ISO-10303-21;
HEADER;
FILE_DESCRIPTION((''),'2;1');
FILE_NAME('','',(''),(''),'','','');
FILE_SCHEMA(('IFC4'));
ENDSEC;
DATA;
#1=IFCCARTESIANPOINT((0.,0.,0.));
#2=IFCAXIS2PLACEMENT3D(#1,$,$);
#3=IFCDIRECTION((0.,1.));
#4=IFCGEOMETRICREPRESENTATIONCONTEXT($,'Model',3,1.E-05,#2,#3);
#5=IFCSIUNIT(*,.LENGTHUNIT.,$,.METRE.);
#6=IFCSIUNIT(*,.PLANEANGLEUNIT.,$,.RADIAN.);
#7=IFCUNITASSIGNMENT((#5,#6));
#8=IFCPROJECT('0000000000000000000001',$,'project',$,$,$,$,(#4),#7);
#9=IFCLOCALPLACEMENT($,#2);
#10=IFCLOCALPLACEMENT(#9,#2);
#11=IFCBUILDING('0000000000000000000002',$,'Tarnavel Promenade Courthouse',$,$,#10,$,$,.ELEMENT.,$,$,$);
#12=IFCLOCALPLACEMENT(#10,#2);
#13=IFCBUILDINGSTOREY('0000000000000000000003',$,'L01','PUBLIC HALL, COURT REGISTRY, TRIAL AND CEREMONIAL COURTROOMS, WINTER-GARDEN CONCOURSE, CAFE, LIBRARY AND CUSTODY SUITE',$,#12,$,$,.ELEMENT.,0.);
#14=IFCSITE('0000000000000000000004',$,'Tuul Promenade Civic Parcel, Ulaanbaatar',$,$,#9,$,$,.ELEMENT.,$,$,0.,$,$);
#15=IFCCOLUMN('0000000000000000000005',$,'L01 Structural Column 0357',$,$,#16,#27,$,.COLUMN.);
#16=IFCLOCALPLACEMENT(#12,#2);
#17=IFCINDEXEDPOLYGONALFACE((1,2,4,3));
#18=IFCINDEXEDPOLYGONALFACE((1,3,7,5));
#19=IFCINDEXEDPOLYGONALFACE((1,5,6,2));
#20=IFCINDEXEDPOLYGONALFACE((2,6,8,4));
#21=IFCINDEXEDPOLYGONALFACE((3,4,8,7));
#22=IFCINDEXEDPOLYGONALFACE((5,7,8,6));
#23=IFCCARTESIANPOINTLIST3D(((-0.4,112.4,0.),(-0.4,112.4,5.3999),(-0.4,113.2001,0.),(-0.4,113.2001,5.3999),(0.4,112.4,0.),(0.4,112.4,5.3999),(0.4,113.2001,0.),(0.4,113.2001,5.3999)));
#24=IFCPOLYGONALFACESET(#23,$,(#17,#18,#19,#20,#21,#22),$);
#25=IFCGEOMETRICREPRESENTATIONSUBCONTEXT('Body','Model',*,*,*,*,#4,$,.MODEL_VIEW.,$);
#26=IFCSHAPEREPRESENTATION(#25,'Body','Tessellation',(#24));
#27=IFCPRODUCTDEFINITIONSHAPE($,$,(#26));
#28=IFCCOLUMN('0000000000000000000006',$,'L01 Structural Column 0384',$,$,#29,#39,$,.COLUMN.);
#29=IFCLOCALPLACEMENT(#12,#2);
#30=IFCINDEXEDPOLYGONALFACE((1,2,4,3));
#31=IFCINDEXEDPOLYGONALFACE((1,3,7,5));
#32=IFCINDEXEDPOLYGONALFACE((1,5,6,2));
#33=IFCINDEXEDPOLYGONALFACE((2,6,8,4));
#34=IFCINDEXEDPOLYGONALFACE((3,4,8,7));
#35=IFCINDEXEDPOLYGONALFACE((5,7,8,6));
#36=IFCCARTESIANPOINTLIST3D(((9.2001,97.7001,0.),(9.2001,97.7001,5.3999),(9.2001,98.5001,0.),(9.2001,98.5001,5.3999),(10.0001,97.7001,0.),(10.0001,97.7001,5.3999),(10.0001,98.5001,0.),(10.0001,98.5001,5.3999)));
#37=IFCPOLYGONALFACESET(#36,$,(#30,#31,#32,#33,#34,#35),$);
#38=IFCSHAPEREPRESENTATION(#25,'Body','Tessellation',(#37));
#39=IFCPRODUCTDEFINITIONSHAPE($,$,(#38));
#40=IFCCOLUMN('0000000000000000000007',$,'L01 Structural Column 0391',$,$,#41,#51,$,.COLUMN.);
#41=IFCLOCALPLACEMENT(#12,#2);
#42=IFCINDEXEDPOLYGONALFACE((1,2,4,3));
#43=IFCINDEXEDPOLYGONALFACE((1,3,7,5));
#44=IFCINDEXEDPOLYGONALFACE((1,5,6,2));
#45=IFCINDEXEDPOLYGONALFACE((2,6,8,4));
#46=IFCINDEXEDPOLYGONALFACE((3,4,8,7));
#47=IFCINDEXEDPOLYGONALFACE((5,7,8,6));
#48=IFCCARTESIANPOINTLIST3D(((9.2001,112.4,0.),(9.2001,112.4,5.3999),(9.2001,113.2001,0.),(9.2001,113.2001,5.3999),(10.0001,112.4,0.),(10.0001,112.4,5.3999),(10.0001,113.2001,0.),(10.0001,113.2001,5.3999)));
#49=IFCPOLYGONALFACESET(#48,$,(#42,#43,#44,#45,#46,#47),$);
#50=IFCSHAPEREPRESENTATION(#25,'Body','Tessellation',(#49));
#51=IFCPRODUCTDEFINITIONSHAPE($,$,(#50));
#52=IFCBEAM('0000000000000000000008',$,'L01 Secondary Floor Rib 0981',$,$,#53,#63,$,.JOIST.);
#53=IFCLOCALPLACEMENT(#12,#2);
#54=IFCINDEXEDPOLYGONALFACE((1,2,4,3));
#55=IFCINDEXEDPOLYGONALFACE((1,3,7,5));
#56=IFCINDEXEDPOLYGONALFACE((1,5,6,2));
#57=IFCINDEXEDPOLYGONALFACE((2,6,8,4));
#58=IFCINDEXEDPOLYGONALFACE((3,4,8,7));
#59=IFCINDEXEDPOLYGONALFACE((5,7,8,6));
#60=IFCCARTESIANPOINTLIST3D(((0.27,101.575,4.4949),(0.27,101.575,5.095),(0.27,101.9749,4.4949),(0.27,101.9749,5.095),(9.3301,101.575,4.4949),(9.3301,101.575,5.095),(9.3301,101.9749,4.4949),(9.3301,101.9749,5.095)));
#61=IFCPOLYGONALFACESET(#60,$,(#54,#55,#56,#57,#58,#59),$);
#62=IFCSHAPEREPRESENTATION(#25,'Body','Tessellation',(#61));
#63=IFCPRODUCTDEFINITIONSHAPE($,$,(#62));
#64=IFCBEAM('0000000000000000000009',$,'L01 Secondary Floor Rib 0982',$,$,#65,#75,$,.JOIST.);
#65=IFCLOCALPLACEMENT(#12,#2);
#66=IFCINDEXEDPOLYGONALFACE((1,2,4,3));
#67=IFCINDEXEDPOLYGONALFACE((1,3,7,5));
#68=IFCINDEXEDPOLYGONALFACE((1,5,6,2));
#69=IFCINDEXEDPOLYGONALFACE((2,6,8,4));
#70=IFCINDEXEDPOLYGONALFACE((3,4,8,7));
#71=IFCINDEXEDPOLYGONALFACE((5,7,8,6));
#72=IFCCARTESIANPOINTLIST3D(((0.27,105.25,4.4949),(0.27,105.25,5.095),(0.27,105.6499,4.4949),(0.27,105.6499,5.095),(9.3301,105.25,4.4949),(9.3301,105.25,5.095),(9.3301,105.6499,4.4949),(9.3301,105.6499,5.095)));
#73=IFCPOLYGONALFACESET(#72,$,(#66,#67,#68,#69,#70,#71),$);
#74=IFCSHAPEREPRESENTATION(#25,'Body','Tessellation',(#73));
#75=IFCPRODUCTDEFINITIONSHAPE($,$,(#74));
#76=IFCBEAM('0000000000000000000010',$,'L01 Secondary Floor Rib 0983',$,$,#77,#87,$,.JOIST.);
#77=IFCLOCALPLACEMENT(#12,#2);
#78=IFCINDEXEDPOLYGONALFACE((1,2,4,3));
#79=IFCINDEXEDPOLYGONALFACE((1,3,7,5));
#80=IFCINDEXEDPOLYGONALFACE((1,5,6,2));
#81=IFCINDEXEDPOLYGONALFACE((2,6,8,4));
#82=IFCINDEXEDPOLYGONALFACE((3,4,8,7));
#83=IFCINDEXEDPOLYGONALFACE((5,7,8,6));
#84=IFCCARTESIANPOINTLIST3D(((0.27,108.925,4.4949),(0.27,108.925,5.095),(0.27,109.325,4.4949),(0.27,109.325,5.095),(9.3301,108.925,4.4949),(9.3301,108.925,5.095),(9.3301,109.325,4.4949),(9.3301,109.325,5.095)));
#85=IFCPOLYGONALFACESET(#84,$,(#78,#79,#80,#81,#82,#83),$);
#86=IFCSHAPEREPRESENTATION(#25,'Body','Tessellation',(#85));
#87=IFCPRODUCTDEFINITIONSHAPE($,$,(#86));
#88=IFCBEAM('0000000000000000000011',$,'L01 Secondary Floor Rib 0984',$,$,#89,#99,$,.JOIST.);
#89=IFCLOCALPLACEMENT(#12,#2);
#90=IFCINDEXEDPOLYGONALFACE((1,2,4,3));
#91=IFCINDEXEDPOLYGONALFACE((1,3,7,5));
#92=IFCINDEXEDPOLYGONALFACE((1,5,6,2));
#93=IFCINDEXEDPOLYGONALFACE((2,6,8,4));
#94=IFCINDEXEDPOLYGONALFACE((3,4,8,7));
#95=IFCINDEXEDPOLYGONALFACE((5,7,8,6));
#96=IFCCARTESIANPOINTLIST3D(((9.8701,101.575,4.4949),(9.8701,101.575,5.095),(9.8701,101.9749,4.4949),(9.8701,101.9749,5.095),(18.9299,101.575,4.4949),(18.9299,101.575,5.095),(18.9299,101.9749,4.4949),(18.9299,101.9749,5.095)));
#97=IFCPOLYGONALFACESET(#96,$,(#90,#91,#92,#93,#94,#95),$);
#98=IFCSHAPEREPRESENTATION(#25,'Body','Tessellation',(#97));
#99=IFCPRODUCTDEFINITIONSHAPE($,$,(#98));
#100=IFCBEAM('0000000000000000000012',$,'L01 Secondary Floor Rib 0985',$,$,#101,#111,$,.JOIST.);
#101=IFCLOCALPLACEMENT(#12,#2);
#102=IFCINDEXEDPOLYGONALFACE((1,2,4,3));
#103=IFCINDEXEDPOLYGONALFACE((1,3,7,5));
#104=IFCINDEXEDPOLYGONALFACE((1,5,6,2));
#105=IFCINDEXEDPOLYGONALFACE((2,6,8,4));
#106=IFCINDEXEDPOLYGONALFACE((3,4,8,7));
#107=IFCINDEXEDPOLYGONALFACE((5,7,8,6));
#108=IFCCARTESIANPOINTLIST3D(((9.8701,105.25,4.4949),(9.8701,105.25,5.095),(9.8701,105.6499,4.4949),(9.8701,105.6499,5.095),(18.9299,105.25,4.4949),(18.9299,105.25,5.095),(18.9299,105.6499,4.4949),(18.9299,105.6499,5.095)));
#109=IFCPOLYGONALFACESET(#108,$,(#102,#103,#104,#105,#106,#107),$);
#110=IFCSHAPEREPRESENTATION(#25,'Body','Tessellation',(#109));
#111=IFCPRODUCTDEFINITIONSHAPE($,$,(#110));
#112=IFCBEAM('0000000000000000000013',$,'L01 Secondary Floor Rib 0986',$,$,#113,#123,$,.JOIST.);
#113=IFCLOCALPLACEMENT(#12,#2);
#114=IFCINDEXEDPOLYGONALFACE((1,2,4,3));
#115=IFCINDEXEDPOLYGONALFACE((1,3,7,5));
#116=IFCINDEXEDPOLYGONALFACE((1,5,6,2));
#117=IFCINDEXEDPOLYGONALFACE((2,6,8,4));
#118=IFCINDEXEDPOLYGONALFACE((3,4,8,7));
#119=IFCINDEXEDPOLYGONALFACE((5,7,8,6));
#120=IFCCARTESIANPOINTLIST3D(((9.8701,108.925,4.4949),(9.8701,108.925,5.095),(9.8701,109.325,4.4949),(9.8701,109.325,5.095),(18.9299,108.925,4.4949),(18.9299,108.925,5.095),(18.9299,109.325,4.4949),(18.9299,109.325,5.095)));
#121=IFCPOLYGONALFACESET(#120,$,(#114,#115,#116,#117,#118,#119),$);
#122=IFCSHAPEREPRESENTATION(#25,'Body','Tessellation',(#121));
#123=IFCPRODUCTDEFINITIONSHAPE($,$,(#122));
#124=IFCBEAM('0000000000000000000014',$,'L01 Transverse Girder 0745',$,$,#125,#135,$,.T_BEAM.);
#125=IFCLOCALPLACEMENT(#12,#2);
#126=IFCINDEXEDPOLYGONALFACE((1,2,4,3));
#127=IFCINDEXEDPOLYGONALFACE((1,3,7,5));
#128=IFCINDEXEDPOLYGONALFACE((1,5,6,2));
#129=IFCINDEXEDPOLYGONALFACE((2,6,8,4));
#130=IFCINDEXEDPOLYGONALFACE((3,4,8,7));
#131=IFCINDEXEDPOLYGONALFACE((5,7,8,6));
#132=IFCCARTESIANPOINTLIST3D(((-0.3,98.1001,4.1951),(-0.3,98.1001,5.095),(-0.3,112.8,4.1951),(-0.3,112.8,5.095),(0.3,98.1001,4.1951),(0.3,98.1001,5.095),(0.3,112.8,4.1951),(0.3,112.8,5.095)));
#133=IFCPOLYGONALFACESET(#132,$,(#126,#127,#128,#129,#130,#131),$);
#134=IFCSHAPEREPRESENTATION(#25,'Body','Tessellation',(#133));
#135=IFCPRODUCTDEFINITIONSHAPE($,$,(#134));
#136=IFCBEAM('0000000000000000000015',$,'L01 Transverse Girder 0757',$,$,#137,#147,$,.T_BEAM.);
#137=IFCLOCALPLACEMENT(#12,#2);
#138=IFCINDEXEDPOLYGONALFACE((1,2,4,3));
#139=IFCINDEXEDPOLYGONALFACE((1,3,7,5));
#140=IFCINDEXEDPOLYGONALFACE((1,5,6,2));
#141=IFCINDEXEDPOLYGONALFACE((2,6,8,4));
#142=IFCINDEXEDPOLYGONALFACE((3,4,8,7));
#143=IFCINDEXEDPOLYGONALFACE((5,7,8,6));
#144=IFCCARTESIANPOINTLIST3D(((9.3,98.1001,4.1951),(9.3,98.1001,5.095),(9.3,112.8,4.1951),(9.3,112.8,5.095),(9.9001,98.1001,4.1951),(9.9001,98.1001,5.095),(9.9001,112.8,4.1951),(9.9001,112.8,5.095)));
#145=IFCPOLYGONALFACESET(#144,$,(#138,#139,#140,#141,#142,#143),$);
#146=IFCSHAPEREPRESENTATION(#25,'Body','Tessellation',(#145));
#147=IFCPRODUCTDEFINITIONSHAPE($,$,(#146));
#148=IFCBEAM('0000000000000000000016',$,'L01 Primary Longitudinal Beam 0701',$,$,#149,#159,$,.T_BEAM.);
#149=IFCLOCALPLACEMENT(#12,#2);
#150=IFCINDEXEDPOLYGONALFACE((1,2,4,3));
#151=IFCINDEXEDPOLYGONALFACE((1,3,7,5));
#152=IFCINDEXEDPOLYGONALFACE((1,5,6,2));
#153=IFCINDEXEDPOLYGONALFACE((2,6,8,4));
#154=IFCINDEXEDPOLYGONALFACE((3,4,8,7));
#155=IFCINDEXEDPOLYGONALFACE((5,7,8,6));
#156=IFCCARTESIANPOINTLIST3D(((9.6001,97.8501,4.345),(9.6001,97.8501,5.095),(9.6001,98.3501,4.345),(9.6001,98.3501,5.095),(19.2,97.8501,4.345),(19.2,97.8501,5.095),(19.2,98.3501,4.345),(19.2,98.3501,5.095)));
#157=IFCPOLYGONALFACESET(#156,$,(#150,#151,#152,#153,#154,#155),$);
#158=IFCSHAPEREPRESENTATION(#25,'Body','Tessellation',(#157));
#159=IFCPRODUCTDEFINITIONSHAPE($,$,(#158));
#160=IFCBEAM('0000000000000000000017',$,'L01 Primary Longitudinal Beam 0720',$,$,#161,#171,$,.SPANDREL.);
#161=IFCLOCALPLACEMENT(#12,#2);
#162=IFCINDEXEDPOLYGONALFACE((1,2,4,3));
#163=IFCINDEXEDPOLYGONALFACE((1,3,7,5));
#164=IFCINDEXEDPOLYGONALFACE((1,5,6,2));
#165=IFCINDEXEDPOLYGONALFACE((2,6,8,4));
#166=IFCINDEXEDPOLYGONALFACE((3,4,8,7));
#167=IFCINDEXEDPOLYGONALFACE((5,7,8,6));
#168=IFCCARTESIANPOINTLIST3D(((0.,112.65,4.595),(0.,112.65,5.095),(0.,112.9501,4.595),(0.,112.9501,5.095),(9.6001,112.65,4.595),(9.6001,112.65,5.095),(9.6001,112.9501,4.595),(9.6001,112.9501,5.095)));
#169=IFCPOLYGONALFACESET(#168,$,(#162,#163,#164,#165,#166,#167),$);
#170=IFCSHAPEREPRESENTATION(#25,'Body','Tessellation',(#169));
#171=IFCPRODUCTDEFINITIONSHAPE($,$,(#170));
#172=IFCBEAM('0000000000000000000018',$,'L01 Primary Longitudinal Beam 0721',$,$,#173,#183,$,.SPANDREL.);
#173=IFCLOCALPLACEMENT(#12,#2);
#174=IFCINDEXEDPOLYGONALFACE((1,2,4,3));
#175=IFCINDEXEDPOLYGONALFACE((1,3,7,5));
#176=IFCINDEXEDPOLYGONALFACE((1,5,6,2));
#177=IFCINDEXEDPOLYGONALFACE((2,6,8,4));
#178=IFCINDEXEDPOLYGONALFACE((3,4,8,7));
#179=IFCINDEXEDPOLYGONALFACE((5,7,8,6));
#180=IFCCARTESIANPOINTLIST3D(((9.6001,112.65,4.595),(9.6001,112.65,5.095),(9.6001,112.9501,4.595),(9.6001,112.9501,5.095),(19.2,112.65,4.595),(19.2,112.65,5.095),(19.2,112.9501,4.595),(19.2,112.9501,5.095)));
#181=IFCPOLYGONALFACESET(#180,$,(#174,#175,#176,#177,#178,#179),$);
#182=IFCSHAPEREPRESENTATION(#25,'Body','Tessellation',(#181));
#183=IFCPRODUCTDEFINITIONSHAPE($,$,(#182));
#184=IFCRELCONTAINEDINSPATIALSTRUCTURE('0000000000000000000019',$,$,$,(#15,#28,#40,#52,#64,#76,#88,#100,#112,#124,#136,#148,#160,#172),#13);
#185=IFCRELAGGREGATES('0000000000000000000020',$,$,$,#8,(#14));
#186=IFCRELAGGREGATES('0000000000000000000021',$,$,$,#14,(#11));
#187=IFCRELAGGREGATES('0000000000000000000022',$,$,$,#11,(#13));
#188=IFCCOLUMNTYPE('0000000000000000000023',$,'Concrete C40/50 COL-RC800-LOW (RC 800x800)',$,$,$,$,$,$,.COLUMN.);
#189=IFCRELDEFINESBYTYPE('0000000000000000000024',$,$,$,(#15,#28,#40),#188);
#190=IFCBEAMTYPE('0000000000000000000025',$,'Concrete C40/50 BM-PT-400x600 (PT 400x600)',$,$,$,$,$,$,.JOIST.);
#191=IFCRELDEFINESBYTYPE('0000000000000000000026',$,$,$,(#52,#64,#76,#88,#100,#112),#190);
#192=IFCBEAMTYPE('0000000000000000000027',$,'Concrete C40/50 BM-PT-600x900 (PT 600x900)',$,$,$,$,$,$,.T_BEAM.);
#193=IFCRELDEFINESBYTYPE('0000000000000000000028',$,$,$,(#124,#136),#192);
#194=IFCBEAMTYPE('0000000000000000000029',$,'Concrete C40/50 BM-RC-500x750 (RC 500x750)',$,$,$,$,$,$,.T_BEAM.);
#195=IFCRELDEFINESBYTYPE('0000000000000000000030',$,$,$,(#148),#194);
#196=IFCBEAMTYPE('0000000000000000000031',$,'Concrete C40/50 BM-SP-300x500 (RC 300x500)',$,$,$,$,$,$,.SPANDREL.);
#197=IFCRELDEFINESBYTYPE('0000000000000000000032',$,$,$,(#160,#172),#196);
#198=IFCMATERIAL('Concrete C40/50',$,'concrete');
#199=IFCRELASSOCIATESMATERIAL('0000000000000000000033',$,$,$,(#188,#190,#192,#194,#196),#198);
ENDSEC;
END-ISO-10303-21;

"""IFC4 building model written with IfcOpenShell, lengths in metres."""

from ifc_helpers import new_model, si_unit, direction, frame, origin, origin_2d, place, context, subcontext, project, spatial, rectangle, extrude, material, material_profile, profile_set, type_object, element, save


model = new_model("IFC4")

# Units and contexts
model_context = context("Model", 3, precision=1e-05, world=origin(), true_north=direction((0.0, 1.0)))
body_context = subcontext(model_context, "Body", "Model", "MODEL_VIEW")
ifc_project = project(units=[si_unit("LENGTHUNIT", "METRE"), si_unit("PLANEANGLEUNIT", "RADIAN")], contexts=[model_context])

# Site, building, storey
site_placement = place(None, origin())
site = spatial("IfcSite", under=ifc_project, at=site_placement, Name="Tuul Promenade Civic Parcel, Ulaanbaatar", CompositionType="ELEMENT", RefElevation=0.0)
building_placement = place(site_placement, origin())
building = spatial("IfcBuilding", under=site, at=building_placement, Name="Tarnavel Promenade Courthouse", CompositionType="ELEMENT")
storey_placement = place(building_placement, origin())
storey = spatial("IfcBuildingStorey", under=building, at=storey_placement, Name="L01", Description="PUBLIC HALL, COURT REGISTRY, TRIAL AND CEREMONIAL COURTROOMS, WINTER-GARDEN CONCOURSE, CAFE, LIBRARY AND CUSTODY SUITE", CompositionType="ELEMENT", Elevation=0.0)

# Columns
ifc_material_1 = material(Name="Concrete C40/50", Category="concrete")
ifc_material_profile_1 = material_profile(ifc_material_1, rectangle(XDim=0.8, YDim=0.8, at=origin_2d()), Name="RC 800x800")
ifc_profile_set_1 = profile_set([ifc_material_profile_1], Name="Concrete C40/50")
column_type = type_object("IfcColumnType", Name="Concrete C40/50 COL-RC800-LOW (RC 800x800)", PredefinedType="COLUMN", material=ifc_profile_set_1)
for number, where, z_axis, x_axis, name in (
    (1, (0.0, 112.8, 0.0), (0.0, 0.0, 1.0), (1.0, 0.0, 0.0), "L01 Structural Column 0357"),
    (2, (9.6001, 98.1001, 0.0), (0.0, 0.0, 1.0), (1.0, 0.0, 0.0), "L01 Structural Column 0384"),
    (3, (9.6001, 112.8, 0.0), (0.0, 0.0, 1.0), (1.0, 0.0, 0.0), "L01 Structural Column 0391"),
):
    element("IfcColumn", number, at=place(storey_placement, frame(where, z_axis=z_axis, x_axis=x_axis)), inside=storey, type_object=column_type, Name=name, PredefinedType="COLUMN", context=body_context, shape_type="SweptSolid", body=[
        extrude(rectangle(XDim=0.8, YDim=0.8, at=origin_2d()), origin(), (0.0, 0.0, 1.0), 5.3999),
    ])

# Beams
ifc_material_profile_2 = material_profile(ifc_material_1, rectangle(XDim=0.3999, YDim=0.6001, at=origin_2d()), Name="PT 400x600")
ifc_profile_set_2 = profile_set([ifc_material_profile_2], Name="Concrete C40/50")
beam_type_1 = type_object("IfcBeamType", Name="Concrete C40/50 BM-PT-400x600 (PT 400x600)", PredefinedType="JOIST", material=ifc_profile_set_2)
for number, where, z_axis, x_axis, name in (
    (4, (0.27, 101.7749, 4.7949), (1.0, 0.0, 0.0), (0.0, 1.0, 0.0), "L01 Secondary Floor Rib 0981"),
    (5, (0.27, 105.45, 4.7949), (1.0, 0.0, 0.0), (0.0, 1.0, 0.0), "L01 Secondary Floor Rib 0982"),
    (6, (0.27, 109.125, 4.7949), (1.0, 0.0, 0.0), (0.0, 1.0, 0.0), "L01 Secondary Floor Rib 0983"),
):
    element("IfcBeam", number, at=place(storey_placement, frame(where, z_axis=z_axis, x_axis=x_axis)), inside=storey, type_object=beam_type_1, Name=name, PredefinedType="JOIST", context=body_context, shape_type="SweptSolid", body=[
        extrude(rectangle(XDim=0.3999, YDim=0.6001, at=origin_2d()), origin(), (0.0, 0.0, 1.0), 9.0601),
    ])
for number, where, z_axis, x_axis, name in (
    (7, (9.8701, 101.7749, 4.7949), (1.0, 0.0, 0.0), (0.0, 1.0, 0.0), "L01 Secondary Floor Rib 0984"),
    (8, (9.8701, 105.45, 4.7949), (1.0, 0.0, 0.0), (0.0, 1.0, 0.0), "L01 Secondary Floor Rib 0985"),
    (9, (9.8701, 109.125, 4.7949), (1.0, 0.0, 0.0), (0.0, 1.0, 0.0), "L01 Secondary Floor Rib 0986"),
):
    element("IfcBeam", number, at=place(storey_placement, frame(where, z_axis=z_axis, x_axis=x_axis)), inside=storey, type_object=beam_type_1, Name=name, PredefinedType="JOIST", context=body_context, shape_type="SweptSolid", body=[
        extrude(rectangle(XDim=0.3999, YDim=0.6001, at=origin_2d()), origin(), (0.0, 0.0, 1.0), 9.0598),
    ])
ifc_material_profile_3 = material_profile(ifc_material_1, rectangle(XDim=0.6001, YDim=0.8999, at=origin_2d()), Name="PT 600x900")
ifc_profile_set_3 = profile_set([ifc_material_profile_3], Name="Concrete C40/50")
beam_type_2 = type_object("IfcBeamType", Name="Concrete C40/50 BM-PT-600x900 (PT 600x900)", PredefinedType="T_BEAM", material=ifc_profile_set_3)
for number, where, z_axis, x_axis, name in (
    (10, (0.0, 98.1001, 4.645), (0.0, 1.0, 0.0), (-1.0, 0.0, 0.0), "L01 Transverse Girder 0745"),
    (11, (9.6001, 98.1001, 4.645), (0.0, 1.0, 0.0), (-1.0, 0.0, 0.0), "L01 Transverse Girder 0757"),
):
    element("IfcBeam", number, at=place(storey_placement, frame(where, z_axis=z_axis, x_axis=x_axis)), inside=storey, type_object=beam_type_2, Name=name, PredefinedType="T_BEAM", context=body_context, shape_type="SweptSolid", body=[
        extrude(rectangle(XDim=0.6001, YDim=0.8999, at=origin_2d()), origin(), (0.0, 0.0, 1.0), 14.7),
    ])
ifc_material_profile_4 = material_profile(ifc_material_1, rectangle(XDim=0.5, YDim=0.75, at=origin_2d()), Name="RC 500x750")
ifc_profile_set_4 = profile_set([ifc_material_profile_4], Name="Concrete C40/50")
beam_type_3 = type_object("IfcBeamType", Name="Concrete C40/50 BM-RC-500x750 (RC 500x750)", PredefinedType="T_BEAM", material=ifc_profile_set_4)
beam_1_placement = place(storey_placement, frame((9.6001, 98.1001, 4.72), z_axis=(1.0, 0.0, 0.0), x_axis=(0.0, 1.0, 0.0)))
element("IfcBeam", 12, at=beam_1_placement, inside=storey, type_object=beam_type_3, Name="L01 Primary Longitudinal Beam 0701", PredefinedType="T_BEAM", context=body_context, shape_type="SweptSolid", body=[
    extrude(rectangle(XDim=0.5, YDim=0.75, at=origin_2d()), origin(), (0.0, 0.0, 1.0), 9.5999),
])
ifc_material_profile_5 = material_profile(ifc_material_1, rectangle(XDim=0.3, YDim=0.5, at=origin_2d()), Name="RC 300x500")
ifc_profile_set_5 = profile_set([ifc_material_profile_5], Name="Concrete C40/50")
beam_type_4 = type_object("IfcBeamType", Name="Concrete C40/50 BM-SP-300x500 (RC 300x500)", PredefinedType="SPANDREL", material=ifc_profile_set_5)
beam_2_placement = place(storey_placement, frame((0.0, 112.8, 4.845), z_axis=(1.0, 0.0, 0.0), x_axis=(0.0, 1.0, 0.0)))
element("IfcBeam", 13, at=beam_2_placement, inside=storey, type_object=beam_type_4, Name="L01 Primary Longitudinal Beam 0720", PredefinedType="SPANDREL", context=body_context, shape_type="SweptSolid", body=[
    extrude(rectangle(XDim=0.3, YDim=0.5, at=origin_2d()), origin(), (0.0, 0.0, 1.0), 9.6001),
])
beam_3_placement = place(storey_placement, frame((9.6001, 112.8, 4.845), z_axis=(1.0, 0.0, 0.0), x_axis=(0.0, 1.0, 0.0)))
element("IfcBeam", 14, at=beam_3_placement, inside=storey, type_object=beam_type_4, Name="L01 Primary Longitudinal Beam 0721", PredefinedType="SPANDREL", context=body_context, shape_type="SweptSolid", body=[
    extrude(rectangle(XDim=0.3, YDim=0.5, at=origin_2d()), origin(), (0.0, 0.0, 1.0), 9.5999),
])

save(model, "model.ifc")
